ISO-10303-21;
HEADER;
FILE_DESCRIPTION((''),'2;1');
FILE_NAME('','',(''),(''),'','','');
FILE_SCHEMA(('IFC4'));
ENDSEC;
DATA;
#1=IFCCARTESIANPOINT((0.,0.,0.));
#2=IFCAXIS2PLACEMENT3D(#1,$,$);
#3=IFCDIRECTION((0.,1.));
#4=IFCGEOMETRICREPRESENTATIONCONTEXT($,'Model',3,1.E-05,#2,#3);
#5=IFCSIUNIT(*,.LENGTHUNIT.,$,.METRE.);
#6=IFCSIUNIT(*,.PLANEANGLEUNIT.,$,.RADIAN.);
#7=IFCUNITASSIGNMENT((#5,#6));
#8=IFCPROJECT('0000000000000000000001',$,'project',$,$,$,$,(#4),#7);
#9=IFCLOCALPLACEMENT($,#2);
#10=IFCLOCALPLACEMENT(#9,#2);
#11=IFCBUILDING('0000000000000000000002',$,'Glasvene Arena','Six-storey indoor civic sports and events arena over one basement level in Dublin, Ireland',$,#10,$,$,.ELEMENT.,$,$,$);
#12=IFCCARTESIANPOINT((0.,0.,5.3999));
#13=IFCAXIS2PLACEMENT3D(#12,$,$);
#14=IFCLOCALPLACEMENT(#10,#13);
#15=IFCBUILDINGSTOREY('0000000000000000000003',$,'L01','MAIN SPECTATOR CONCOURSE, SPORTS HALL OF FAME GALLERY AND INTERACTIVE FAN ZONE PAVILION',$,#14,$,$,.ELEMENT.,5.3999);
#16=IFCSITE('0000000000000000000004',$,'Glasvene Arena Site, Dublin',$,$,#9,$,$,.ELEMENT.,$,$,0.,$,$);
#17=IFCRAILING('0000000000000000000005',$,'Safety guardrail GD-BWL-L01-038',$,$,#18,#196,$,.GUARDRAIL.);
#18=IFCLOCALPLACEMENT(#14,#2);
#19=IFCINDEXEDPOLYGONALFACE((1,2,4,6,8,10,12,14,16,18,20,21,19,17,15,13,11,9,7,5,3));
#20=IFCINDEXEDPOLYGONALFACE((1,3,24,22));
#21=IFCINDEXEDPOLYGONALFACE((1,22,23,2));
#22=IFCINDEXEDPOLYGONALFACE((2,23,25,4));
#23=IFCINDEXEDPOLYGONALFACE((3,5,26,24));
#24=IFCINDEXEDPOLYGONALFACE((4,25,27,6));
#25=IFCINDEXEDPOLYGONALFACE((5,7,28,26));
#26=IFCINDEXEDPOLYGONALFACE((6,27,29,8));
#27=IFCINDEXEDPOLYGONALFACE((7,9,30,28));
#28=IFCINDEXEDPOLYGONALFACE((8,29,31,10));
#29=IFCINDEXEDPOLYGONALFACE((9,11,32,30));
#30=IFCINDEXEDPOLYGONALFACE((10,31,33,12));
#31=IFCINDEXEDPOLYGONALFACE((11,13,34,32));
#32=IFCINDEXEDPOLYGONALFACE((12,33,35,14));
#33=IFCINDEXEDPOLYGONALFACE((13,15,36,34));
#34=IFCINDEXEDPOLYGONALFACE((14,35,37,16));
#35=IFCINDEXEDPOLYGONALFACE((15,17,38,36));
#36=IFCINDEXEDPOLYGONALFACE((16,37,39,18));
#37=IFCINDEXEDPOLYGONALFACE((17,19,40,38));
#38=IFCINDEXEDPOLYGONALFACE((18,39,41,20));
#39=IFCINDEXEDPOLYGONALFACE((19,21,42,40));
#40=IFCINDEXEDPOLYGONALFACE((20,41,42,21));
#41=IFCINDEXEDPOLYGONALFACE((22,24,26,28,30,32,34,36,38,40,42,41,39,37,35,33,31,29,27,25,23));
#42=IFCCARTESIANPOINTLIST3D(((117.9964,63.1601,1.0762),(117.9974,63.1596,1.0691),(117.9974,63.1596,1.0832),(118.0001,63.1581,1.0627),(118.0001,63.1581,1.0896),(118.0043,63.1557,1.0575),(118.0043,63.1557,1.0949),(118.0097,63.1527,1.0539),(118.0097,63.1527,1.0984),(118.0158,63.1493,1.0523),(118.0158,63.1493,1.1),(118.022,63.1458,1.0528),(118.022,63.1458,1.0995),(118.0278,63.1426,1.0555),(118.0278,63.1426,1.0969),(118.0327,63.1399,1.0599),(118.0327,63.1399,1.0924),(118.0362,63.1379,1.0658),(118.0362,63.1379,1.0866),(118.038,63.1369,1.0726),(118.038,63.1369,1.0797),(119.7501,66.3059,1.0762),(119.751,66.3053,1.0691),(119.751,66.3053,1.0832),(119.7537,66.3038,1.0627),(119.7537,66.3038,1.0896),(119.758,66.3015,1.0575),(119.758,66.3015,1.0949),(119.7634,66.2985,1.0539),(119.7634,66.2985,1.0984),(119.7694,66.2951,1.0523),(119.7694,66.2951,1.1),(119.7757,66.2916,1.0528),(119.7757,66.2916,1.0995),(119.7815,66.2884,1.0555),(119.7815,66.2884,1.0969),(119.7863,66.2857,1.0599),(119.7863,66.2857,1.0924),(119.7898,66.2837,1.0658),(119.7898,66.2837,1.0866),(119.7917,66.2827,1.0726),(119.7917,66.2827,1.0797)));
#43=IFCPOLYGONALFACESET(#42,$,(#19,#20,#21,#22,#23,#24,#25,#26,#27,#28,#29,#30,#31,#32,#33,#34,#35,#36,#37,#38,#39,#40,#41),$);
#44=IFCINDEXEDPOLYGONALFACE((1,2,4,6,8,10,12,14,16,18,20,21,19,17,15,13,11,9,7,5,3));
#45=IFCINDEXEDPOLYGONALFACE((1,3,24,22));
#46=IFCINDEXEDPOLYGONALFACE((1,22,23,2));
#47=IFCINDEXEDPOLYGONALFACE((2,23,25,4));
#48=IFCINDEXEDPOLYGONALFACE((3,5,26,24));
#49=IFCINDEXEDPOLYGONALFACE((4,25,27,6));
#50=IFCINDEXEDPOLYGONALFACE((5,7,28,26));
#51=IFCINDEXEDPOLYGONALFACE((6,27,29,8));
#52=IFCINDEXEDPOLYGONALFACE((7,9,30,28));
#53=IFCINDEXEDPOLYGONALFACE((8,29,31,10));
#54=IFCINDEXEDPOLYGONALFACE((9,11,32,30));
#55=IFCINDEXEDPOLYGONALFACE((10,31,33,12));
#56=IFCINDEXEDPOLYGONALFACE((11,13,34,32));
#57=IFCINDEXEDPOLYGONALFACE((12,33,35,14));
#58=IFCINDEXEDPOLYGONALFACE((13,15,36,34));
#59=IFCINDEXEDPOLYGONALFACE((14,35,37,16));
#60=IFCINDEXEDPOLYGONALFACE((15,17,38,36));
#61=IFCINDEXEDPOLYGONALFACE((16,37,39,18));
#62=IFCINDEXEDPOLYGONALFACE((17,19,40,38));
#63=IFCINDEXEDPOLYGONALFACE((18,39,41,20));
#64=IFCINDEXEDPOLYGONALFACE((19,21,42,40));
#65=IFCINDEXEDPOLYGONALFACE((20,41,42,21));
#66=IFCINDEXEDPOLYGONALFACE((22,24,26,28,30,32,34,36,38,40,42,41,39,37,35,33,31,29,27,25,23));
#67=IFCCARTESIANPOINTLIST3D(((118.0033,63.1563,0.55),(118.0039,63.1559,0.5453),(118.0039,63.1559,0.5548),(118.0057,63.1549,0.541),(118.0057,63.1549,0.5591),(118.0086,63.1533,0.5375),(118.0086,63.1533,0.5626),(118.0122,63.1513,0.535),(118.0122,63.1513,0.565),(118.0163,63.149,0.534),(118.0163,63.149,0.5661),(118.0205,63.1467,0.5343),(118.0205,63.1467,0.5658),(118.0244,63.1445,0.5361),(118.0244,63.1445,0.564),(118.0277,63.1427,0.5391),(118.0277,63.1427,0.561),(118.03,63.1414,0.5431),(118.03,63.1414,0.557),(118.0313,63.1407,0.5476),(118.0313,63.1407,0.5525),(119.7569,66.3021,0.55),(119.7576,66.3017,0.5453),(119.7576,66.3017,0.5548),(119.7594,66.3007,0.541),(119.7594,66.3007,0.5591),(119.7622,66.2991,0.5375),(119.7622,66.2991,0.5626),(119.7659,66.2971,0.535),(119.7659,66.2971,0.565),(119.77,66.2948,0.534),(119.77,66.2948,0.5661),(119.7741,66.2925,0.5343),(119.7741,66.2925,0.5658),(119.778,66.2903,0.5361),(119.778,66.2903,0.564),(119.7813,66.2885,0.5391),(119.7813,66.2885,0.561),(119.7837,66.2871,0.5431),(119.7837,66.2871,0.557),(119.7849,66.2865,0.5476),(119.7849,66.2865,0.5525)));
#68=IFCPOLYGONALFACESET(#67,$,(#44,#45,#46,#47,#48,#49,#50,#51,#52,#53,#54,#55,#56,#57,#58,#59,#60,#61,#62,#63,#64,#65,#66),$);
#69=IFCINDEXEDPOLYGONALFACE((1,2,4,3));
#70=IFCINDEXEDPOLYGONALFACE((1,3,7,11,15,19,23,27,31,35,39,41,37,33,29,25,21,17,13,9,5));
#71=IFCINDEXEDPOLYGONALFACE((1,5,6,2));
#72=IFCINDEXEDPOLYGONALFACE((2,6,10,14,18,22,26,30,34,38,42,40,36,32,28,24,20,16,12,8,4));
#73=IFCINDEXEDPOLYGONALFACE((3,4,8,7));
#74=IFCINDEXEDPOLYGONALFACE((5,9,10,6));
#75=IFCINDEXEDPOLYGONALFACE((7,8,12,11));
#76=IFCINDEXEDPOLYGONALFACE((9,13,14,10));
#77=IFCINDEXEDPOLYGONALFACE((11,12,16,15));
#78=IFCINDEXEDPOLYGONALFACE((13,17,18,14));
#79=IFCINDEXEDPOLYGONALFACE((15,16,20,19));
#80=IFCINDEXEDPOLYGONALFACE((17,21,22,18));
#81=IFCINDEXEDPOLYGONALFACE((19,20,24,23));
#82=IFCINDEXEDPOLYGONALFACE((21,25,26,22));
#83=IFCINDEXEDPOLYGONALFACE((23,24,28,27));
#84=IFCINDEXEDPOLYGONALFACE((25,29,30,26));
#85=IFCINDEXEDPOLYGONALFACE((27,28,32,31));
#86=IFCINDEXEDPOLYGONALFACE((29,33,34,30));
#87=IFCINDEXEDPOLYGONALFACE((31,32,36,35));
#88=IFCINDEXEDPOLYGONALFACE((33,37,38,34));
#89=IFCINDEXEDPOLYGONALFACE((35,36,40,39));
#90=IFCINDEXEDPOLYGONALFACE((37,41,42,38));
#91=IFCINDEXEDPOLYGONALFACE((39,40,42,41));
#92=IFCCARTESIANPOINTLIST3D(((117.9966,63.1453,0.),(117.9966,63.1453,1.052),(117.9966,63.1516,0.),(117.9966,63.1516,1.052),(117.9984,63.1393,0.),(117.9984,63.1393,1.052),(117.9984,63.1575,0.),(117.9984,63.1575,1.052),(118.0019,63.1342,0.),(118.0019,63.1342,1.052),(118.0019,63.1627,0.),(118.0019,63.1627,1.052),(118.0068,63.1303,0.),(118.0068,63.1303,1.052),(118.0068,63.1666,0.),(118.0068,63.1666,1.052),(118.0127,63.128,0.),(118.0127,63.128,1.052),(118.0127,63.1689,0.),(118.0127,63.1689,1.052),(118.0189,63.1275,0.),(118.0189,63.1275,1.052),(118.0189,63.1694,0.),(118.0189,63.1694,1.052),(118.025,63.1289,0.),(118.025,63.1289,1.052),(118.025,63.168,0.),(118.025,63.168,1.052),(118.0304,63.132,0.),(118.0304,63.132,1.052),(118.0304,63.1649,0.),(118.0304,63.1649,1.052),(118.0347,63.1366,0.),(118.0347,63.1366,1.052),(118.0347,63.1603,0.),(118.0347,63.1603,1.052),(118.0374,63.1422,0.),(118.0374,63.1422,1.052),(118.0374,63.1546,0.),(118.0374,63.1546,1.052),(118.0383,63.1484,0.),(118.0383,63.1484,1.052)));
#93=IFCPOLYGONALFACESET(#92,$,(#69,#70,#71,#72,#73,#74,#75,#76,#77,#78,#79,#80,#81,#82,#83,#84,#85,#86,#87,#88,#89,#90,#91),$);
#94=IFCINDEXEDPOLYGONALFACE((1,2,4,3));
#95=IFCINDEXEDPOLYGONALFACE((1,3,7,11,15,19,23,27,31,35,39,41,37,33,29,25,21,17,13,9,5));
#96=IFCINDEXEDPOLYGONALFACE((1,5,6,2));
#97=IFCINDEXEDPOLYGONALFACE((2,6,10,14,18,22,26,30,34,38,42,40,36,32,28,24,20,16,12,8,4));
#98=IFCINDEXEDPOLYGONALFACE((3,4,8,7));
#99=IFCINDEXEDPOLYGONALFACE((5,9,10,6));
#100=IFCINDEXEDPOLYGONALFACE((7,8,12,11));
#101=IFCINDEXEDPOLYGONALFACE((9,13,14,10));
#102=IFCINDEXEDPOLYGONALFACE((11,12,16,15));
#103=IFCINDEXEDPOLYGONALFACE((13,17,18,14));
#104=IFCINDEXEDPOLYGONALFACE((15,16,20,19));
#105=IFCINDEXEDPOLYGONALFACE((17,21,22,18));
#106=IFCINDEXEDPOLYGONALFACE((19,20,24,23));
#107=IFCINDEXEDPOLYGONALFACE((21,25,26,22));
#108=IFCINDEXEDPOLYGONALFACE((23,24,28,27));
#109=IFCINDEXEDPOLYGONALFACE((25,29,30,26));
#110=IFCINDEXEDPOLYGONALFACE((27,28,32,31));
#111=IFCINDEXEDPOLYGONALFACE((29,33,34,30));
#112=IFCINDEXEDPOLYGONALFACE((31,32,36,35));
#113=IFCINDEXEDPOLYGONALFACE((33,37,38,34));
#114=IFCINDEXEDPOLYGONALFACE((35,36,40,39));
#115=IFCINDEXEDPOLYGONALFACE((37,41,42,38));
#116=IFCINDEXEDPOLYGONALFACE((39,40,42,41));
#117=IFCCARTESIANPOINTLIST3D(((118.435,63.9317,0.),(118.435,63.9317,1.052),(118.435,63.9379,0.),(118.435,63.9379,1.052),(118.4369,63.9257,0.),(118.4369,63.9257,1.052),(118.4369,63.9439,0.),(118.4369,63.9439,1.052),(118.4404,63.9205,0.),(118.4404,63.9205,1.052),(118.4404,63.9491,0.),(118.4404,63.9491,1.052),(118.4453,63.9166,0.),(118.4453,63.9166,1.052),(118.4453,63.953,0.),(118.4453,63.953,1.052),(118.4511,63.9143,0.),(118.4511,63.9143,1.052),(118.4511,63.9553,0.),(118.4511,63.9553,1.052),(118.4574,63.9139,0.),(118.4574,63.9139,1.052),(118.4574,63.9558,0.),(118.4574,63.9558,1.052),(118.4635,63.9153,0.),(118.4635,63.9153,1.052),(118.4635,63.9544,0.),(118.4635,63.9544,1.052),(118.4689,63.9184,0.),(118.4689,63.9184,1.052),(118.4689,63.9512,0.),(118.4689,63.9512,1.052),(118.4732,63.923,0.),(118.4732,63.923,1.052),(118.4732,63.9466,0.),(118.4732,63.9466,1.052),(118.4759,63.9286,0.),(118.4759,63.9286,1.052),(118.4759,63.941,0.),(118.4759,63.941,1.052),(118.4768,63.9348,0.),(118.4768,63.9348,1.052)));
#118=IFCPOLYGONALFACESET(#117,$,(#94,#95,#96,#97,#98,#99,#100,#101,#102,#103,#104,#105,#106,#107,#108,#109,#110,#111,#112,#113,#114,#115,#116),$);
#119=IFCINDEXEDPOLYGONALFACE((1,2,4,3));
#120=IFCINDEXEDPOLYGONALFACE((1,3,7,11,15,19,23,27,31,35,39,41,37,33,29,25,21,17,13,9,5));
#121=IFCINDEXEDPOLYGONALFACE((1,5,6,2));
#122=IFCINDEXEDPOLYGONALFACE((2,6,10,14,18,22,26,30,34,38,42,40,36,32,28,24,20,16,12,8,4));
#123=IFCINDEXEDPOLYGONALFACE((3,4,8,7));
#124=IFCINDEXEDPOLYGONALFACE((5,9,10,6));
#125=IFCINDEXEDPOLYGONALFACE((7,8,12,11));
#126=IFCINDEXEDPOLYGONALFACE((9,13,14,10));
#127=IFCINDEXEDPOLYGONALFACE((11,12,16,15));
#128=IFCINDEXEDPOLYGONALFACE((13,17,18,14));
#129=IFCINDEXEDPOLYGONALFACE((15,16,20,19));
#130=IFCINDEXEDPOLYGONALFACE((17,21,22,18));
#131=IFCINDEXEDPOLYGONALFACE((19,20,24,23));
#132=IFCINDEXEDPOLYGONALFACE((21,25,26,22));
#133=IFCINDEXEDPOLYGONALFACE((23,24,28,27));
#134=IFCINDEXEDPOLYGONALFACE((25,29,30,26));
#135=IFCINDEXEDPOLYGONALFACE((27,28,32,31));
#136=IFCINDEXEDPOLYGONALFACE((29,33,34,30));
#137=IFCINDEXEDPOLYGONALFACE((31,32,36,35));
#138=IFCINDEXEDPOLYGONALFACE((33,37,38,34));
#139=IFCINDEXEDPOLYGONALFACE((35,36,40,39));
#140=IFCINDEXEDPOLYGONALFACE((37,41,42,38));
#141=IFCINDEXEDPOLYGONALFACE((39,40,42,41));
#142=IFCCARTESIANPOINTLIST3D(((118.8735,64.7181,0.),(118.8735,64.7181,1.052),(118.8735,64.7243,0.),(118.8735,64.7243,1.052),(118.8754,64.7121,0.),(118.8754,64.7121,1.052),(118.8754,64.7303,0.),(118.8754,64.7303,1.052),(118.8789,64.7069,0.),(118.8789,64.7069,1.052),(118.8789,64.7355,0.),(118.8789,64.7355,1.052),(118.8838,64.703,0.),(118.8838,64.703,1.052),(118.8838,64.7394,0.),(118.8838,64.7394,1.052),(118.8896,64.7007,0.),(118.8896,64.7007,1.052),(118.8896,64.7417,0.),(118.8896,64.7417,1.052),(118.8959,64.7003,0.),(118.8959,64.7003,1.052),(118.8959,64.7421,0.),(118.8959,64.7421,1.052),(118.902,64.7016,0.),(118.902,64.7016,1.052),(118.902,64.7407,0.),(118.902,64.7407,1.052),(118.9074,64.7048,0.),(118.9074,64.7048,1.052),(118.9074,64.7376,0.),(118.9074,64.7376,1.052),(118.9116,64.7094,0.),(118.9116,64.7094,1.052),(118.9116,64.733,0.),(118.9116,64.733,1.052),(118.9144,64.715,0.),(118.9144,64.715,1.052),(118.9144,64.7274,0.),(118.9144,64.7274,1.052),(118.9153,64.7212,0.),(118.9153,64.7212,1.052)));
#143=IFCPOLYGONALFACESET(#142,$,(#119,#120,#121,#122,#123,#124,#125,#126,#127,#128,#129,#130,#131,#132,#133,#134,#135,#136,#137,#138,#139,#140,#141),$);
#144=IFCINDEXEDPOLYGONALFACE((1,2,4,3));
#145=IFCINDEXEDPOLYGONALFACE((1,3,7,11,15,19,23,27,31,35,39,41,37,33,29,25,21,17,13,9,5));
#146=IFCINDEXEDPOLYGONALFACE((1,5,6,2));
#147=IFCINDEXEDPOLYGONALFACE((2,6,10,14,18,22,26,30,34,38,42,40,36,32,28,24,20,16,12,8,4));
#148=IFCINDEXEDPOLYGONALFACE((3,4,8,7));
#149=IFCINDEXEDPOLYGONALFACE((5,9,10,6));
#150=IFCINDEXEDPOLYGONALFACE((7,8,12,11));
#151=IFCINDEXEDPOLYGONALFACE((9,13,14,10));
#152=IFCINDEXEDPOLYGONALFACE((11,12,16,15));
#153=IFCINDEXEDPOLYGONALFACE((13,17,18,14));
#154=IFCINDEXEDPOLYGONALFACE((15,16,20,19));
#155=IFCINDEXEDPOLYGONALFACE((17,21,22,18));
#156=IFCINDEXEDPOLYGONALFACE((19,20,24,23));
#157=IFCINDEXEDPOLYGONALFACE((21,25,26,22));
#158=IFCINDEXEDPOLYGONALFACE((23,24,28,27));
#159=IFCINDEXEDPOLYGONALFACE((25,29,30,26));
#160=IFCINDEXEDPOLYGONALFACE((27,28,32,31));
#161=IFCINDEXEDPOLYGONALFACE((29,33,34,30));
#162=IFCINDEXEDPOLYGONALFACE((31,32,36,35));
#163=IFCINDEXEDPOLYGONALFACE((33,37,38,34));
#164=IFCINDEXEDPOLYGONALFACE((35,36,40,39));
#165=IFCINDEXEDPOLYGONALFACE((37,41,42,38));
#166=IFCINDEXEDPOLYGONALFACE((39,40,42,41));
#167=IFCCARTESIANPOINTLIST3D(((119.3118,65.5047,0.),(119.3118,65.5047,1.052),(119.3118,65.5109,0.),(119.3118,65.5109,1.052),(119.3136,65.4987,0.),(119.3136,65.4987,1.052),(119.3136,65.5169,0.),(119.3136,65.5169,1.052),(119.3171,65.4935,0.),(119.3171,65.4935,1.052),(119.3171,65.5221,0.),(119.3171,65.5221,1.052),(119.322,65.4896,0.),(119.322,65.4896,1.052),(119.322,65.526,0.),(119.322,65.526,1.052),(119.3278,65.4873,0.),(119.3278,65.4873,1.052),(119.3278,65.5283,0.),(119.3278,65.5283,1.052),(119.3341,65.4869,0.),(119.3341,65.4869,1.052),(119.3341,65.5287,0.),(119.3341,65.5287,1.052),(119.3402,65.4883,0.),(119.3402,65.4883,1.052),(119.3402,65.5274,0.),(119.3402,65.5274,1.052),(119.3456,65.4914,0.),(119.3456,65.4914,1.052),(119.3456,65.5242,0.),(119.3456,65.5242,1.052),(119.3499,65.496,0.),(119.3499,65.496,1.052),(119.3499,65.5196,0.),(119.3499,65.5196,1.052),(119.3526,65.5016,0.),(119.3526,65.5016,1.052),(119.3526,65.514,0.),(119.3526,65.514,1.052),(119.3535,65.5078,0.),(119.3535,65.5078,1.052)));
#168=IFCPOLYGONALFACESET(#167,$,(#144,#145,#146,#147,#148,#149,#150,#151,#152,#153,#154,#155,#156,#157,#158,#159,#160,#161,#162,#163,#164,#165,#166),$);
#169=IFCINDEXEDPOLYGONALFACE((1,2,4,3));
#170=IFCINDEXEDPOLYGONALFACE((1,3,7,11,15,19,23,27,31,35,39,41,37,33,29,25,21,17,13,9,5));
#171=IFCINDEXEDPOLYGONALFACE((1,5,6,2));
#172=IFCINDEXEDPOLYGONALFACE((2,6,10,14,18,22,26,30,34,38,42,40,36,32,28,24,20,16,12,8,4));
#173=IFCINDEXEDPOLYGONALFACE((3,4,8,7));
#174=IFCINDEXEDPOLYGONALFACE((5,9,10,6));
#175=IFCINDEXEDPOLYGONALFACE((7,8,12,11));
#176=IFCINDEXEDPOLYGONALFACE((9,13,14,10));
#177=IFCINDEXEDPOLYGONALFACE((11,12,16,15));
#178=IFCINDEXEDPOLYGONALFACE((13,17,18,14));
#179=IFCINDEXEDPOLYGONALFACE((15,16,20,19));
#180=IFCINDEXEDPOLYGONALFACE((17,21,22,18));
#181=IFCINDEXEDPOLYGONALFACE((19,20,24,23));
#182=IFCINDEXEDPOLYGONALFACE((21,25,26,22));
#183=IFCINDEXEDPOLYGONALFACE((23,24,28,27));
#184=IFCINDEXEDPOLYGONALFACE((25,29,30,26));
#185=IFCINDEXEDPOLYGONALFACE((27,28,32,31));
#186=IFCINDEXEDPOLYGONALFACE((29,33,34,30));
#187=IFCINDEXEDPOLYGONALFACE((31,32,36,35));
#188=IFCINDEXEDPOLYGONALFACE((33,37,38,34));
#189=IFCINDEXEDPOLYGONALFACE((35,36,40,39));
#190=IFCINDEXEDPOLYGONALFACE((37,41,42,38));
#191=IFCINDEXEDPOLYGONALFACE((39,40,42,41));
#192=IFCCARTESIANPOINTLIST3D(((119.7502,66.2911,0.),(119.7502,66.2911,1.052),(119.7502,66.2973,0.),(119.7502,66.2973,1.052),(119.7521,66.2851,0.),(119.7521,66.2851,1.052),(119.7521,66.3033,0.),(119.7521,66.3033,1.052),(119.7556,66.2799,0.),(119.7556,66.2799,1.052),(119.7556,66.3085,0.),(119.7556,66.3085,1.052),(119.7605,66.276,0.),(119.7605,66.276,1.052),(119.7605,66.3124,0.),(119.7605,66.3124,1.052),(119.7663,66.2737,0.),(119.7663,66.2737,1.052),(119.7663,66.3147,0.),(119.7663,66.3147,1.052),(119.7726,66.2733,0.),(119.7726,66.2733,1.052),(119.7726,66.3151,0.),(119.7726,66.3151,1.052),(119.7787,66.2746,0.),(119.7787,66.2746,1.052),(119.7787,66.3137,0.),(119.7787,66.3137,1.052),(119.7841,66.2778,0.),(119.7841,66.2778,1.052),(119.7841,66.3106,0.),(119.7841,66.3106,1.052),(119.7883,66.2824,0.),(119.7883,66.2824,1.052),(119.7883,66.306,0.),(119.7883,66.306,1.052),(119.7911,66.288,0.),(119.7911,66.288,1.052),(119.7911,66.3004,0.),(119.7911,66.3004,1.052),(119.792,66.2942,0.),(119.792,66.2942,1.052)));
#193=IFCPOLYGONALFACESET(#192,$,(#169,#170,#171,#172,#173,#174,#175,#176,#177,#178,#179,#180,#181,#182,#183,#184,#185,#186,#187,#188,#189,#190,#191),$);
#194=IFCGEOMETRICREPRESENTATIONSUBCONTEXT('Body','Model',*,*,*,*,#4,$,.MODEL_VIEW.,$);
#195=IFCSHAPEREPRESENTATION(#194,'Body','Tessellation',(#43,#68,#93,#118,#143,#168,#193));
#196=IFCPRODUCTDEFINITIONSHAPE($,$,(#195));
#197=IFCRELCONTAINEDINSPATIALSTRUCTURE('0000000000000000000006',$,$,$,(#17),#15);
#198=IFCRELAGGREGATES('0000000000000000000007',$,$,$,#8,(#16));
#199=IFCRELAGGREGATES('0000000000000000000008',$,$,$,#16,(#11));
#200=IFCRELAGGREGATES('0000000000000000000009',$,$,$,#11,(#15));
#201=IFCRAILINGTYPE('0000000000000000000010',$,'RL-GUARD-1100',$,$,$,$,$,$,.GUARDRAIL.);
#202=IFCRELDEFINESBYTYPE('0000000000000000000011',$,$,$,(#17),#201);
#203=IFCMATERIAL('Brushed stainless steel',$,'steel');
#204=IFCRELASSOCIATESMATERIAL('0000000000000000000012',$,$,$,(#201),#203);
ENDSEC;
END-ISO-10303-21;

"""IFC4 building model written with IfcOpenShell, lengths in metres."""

from ifc_helpers import new_model, si_unit, direction, frame, origin, origin_2d, place, context, subcontext, project, spatial, circle, extrude, material, type_object, element, save


model = new_model("IFC4")

# Units and contexts
model_context = context("Model", 3, precision=1e-05, world=origin(), true_north=direction((0.0, 1.0)))
body_context = subcontext(model_context, "Body", "Model", "MODEL_VIEW")
ifc_project = project(units=[si_unit("LENGTHUNIT", "METRE"), si_unit("PLANEANGLEUNIT", "RADIAN")], contexts=[model_context])

# Site, building, storey
site_placement = place(None, origin())
site = spatial("IfcSite", under=ifc_project, at=site_placement, Name="Glasvene Arena Site, Dublin", CompositionType="ELEMENT", RefElevation=0.0)
building_placement = place(site_placement, origin())
building = spatial("IfcBuilding", under=site, at=building_placement, Name="Glasvene Arena", Description="Six-storey indoor civic sports and events arena over one basement level in Dublin, Ireland", CompositionType="ELEMENT")
storey_placement = place(building_placement, frame((0.0, 0.0, 5.3999)))
storey = spatial("IfcBuildingStorey", under=building, at=storey_placement, Name="L01", Description="MAIN SPECTATOR CONCOURSE, SPORTS HALL OF FAME GALLERY AND INTERACTIVE FAN ZONE PAVILION", CompositionType="ELEMENT", Elevation=5.3999)

# Railing
ifc_material_1 = material(Name="Brushed stainless steel", Category="steel")
railing_type = type_object("IfcRailingType", Name="RL-GUARD-1100", PredefinedType="GUARDRAIL", material=ifc_material_1)
railing_1_placement = place(storey_placement, frame((118.0173, 63.1484, 0.0)))
element("IfcRailing", 1, at=railing_1_placement, inside=storey, type_object=railing_type, Name="Safety guardrail GD-BWL-L01-038", PredefinedType="GUARDRAIL", context=body_context, shape_type="SweptSolid", body=[
    extrude(circle(Radius=0.0239, at=origin_2d()), frame((0.0, 0.0, 1.0762), z_axis=(0.48692, 0.873446, 0.0), x_axis=(-0.873446, 0.48692, 0.0)), (0.0, 0.0, 1.0), 3.6016),
    extrude(circle(Radius=0.0161, at=origin_2d()), frame((0.0, 0.0, 0.55), z_axis=(0.48692, 0.873446, 0.0), x_axis=(-0.873446, 0.48692, 0.0)), (0.0, 0.0, 1.0), 3.6016),
    extrude(circle(Radius=0.021, at=origin_2d()), origin(), (0.0, 0.0, 1.0), 1.052),
    extrude(circle(Radius=0.021, at=origin_2d()), frame((0.4385, 0.7864, 0.0)), (0.0, 0.0, 1.0), 1.052),
    extrude(circle(Radius=0.021, at=origin_2d()), frame((0.877, 1.5728, 0.0)), (0.0, 0.0, 1.0), 1.052),
    extrude(circle(Radius=0.021, at=origin_2d()), frame((1.3152, 2.3594, 0.0)), (0.0, 0.0, 1.0), 1.052),
    extrude(circle(Radius=0.021, at=origin_2d()), frame((1.7537, 3.1458, 0.0)), (0.0, 0.0, 1.0), 1.052),
])

save(model, "model.ifc")
